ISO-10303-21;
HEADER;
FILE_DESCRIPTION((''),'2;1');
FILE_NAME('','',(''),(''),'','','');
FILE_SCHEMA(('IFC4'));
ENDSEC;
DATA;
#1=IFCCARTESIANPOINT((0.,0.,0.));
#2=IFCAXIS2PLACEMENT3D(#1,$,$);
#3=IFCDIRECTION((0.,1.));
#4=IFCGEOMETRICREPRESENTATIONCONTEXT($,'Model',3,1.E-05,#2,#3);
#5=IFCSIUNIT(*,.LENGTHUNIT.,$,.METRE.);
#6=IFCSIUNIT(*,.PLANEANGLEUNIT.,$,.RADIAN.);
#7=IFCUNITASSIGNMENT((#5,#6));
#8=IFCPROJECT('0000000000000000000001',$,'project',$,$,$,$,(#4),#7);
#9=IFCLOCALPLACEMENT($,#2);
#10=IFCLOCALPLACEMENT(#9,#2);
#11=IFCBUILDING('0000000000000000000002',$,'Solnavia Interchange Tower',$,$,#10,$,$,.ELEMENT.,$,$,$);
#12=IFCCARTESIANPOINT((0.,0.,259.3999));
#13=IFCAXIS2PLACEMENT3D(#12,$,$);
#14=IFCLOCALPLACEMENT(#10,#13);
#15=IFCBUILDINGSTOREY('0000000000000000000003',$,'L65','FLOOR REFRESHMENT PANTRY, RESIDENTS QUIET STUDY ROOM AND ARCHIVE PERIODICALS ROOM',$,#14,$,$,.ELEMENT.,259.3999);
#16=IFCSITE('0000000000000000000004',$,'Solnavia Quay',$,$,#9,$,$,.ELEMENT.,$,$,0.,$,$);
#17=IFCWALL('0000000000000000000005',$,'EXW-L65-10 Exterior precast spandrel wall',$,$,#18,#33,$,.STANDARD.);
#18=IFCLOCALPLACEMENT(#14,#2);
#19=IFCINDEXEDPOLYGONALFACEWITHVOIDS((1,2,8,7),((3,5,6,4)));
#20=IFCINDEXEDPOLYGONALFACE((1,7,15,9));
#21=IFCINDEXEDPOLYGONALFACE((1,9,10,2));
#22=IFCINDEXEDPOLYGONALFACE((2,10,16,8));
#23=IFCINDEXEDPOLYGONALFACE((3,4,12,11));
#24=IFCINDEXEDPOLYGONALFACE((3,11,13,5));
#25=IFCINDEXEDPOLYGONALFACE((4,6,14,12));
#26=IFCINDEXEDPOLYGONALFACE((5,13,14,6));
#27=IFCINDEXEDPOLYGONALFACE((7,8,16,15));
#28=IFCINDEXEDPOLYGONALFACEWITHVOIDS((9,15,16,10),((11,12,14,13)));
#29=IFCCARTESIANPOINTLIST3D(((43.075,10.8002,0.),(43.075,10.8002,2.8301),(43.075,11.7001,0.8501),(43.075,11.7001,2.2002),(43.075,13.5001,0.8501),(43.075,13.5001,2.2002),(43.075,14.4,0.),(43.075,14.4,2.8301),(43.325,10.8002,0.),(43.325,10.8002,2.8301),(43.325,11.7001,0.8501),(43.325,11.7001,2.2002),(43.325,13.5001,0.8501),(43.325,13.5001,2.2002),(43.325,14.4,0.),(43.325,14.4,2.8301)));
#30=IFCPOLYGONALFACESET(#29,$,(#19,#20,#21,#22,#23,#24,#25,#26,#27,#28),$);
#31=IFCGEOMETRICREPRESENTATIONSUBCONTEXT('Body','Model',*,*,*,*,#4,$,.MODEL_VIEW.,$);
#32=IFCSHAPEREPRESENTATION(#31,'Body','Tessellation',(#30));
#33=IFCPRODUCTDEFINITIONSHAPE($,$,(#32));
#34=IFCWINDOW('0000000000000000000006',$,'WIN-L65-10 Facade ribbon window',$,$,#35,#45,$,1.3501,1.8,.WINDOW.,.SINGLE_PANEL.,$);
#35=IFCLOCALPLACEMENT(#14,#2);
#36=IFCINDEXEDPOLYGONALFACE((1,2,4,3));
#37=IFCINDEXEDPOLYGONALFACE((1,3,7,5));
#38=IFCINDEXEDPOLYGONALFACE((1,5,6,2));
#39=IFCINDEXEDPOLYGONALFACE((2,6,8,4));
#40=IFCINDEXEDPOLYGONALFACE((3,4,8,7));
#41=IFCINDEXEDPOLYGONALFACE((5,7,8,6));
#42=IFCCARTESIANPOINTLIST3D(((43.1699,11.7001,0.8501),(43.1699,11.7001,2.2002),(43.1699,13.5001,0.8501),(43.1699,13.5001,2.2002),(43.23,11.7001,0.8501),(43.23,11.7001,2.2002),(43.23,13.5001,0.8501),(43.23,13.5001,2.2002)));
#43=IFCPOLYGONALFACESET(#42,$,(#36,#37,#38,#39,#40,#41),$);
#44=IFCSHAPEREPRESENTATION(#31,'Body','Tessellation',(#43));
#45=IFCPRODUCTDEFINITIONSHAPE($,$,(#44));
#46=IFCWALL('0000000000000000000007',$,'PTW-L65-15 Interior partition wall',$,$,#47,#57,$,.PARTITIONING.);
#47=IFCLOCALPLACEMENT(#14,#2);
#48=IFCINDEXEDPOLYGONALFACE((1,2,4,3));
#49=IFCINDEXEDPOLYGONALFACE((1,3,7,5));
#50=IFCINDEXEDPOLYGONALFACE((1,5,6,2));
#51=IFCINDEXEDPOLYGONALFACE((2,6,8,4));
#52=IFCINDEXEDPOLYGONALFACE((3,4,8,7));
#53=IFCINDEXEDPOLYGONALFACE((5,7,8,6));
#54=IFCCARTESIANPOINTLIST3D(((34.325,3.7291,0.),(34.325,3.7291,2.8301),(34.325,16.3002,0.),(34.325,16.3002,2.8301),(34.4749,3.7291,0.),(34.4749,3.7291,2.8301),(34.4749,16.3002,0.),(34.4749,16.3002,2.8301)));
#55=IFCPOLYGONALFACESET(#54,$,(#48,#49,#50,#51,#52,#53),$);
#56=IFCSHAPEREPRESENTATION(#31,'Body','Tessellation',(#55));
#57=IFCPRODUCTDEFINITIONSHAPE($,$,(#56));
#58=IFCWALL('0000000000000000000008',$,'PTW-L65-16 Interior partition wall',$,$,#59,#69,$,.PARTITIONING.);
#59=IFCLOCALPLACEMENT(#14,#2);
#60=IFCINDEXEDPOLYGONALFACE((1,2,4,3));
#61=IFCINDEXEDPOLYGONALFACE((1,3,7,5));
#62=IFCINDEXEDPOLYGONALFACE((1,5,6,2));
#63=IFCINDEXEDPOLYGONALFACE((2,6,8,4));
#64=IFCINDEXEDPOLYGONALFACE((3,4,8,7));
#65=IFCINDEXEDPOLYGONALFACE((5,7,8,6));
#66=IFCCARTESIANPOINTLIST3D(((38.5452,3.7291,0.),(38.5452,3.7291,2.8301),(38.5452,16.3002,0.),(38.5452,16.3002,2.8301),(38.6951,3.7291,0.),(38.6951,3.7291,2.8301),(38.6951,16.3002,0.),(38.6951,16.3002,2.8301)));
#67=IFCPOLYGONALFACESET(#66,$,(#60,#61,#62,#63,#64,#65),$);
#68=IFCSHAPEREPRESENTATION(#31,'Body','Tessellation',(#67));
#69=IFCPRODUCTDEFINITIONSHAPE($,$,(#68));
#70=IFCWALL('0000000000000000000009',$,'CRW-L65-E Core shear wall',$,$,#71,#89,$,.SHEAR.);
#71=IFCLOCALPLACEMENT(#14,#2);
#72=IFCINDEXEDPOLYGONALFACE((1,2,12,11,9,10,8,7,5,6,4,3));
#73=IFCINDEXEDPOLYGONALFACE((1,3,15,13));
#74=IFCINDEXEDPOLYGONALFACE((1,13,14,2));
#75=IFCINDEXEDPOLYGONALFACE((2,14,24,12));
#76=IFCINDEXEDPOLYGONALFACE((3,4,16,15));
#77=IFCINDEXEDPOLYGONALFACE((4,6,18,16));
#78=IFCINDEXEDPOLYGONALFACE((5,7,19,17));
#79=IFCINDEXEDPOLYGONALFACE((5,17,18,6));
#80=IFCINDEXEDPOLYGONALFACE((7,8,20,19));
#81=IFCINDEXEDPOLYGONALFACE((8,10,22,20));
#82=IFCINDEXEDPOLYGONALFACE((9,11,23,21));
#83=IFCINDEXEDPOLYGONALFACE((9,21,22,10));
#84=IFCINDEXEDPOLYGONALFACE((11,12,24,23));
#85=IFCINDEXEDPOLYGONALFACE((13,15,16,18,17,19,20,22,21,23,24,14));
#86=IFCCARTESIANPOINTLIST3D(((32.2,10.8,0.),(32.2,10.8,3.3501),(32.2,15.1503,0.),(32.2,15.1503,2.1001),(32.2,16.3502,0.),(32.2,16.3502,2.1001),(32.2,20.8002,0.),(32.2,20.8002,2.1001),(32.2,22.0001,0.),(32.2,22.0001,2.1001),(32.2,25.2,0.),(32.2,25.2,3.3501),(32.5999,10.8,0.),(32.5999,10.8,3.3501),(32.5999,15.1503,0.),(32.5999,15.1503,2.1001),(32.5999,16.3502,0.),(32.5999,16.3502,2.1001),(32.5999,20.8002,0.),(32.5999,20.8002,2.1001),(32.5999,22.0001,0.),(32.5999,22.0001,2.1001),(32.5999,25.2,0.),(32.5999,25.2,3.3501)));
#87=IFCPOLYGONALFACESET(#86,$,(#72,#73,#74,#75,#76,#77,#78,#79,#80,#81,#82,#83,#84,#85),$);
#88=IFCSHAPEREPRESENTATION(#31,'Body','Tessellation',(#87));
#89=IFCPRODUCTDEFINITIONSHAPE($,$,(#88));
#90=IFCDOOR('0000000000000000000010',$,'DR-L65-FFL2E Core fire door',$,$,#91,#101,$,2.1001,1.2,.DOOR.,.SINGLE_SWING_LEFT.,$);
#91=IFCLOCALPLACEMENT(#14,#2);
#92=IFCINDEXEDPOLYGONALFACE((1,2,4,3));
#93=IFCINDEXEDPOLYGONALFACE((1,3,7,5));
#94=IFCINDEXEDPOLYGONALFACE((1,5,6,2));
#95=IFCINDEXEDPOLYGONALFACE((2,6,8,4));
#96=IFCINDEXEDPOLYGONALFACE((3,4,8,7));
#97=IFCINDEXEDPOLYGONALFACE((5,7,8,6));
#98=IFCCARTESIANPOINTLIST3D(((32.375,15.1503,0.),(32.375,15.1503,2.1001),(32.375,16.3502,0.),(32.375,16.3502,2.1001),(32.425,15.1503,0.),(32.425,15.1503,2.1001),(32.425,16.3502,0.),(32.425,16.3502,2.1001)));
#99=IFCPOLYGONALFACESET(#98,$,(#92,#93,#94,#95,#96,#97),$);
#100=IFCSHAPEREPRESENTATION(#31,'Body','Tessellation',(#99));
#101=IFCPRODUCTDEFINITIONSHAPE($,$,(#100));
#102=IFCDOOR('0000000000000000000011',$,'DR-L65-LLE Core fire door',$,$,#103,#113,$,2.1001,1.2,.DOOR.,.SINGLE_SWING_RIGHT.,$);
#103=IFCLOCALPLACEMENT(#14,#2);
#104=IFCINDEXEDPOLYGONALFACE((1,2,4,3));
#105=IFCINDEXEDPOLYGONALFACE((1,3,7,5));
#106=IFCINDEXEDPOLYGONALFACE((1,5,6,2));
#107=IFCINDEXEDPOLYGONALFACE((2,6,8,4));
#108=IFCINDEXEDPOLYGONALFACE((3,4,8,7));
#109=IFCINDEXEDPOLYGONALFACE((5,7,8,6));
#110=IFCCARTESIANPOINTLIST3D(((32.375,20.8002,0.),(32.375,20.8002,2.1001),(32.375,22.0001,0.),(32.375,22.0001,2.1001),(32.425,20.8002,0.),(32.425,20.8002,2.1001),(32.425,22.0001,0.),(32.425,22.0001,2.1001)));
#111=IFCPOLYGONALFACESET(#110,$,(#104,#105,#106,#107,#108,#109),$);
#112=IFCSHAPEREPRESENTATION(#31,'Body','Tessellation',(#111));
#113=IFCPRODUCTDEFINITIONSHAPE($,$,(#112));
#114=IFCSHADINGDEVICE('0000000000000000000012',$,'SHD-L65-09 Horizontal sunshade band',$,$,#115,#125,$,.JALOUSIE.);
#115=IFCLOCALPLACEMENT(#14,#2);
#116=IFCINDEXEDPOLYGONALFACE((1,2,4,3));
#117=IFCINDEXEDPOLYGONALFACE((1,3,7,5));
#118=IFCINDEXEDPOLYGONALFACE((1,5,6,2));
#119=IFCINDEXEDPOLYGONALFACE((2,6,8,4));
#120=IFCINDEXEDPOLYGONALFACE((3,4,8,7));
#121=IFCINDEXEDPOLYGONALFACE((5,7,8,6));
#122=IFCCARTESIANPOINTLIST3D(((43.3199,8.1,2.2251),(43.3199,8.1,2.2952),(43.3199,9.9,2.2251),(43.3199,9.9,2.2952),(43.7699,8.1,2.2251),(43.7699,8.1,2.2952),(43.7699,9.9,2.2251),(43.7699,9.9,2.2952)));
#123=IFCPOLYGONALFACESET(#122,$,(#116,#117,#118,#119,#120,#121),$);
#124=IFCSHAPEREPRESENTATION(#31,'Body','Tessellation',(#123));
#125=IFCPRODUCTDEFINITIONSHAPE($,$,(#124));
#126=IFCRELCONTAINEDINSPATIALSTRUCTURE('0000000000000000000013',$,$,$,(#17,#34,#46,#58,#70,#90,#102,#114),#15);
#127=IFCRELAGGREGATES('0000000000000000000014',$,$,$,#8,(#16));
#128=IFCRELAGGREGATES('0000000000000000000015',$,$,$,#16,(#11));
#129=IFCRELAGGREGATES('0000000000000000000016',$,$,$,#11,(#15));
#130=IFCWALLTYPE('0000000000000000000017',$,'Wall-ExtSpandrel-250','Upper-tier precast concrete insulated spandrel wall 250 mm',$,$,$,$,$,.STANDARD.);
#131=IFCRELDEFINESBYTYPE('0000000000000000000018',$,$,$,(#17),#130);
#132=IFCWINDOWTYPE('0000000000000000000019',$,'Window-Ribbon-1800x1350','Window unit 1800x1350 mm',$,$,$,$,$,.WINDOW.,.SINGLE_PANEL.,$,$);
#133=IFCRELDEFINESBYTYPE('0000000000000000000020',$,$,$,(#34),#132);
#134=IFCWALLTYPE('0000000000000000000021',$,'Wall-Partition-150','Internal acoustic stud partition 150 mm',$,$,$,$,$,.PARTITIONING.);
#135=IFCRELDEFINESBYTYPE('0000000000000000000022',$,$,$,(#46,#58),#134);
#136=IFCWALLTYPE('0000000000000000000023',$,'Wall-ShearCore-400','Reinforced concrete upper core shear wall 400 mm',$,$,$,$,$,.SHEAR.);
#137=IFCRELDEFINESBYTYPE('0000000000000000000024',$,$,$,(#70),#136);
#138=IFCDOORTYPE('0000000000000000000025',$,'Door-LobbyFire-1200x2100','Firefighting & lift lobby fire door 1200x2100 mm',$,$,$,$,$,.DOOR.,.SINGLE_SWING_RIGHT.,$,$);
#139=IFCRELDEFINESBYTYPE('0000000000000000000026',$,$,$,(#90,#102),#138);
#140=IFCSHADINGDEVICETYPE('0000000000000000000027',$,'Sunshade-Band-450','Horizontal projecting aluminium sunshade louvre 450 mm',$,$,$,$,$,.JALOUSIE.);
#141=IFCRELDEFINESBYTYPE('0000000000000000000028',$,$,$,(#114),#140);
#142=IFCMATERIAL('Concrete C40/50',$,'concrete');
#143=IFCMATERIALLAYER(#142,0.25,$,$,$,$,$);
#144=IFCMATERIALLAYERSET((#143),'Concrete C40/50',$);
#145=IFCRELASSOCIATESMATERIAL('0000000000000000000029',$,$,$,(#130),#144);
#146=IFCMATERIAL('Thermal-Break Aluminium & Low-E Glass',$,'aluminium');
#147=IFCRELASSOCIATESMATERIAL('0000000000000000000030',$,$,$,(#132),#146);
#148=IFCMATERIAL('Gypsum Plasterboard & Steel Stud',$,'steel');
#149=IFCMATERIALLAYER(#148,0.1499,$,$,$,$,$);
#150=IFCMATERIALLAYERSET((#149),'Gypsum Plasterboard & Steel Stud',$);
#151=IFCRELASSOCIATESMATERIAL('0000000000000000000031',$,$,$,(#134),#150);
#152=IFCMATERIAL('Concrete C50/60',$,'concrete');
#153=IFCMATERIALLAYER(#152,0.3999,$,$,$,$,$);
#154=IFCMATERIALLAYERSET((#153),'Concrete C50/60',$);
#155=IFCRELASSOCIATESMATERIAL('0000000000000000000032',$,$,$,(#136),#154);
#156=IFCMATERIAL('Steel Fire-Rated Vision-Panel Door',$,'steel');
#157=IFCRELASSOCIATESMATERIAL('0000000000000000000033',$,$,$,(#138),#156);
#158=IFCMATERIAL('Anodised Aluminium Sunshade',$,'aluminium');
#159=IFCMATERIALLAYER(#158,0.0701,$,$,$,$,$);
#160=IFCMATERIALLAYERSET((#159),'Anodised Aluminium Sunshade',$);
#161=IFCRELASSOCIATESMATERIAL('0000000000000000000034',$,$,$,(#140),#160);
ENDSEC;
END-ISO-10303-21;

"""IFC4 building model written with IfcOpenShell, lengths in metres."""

from ifc_helpers import new_model, si_unit, direction, frame, frame_2d, origin, origin_2d, place, context, subcontext, project, spatial, rectangle, extrude, material, layer, layer_set, type_object, element, fill, save


model = new_model("IFC4")

# Units and contexts
model_context = context("Model", 3, precision=1e-05, world=origin(), true_north=direction((0.0, 1.0)))
body_context = subcontext(model_context, "Body", "Model", "MODEL_VIEW")
ifc_project = project(units=[si_unit("LENGTHUNIT", "METRE"), si_unit("PLANEANGLEUNIT", "RADIAN")], contexts=[model_context])

# Site, building, storey
site_placement = place(None, origin())
site = spatial("IfcSite", under=ifc_project, at=site_placement, Name="Solnavia Quay", CompositionType="ELEMENT", RefElevation=0.0)
building_placement = place(site_placement, origin())
building = spatial("IfcBuilding", under=site, at=building_placement, Name="Solnavia Interchange Tower", CompositionType="ELEMENT")
storey_placement = place(building_placement, frame((0.0, 0.0, 259.3999)))
storey = spatial("IfcBuildingStorey", under=building, at=storey_placement, Name="L65", Description="FLOOR REFRESHMENT PANTRY, RESIDENTS QUIET STUDY ROOM AND ARCHIVE PERIODICALS ROOM", CompositionType="ELEMENT", Elevation=259.3999)

# Shared definitions
ifc_material_1 = material(Name="Concrete C50/60", Category="concrete")

# Shared definitions
ifc_material_2 = material(Name="Concrete C40/50", Category="concrete")
ifc_layer_1 = layer(ifc_material_2, 0.25)
ifc_layer_set_1 = layer_set([ifc_layer_1], Name="Concrete C40/50")
wall_type_1 = type_object("IfcWallType", Name="Wall-ExtSpandrel-250", Description="Upper-tier precast concrete insulated spandrel wall 250 mm", PredefinedType="STANDARD", material=ifc_layer_set_1)

# Wall, opening, window
ifc_material_3 = material(Name="Thermal-Break Aluminium & Low-E Glass", Category="aluminium")
window_type = type_object("IfcWindowType", Name="Window-Ribbon-1800x1350", Description="Window unit 1800x1350 mm", PartitioningType="SINGLE_PANEL", PredefinedType="WINDOW", material=ifc_material_3)
wall_1_placement = place(storey_placement, frame((43.2, 14.3999, 0.0), z_axis=(0.0, 0.0, 1.0), x_axis=(0.0, -1.0, 0.0)))
wall_1 = element("IfcWall", 1, at=wall_1_placement, inside=storey, type_object=wall_type_1, Name="EXW-L65-10 Exterior precast spandrel wall", PredefinedType="STANDARD", context=body_context, shape_type="SweptSolid", body=[
    extrude(rectangle(XDim=3.5999, YDim=0.25, at=frame_2d((1.7998, 0.0))), origin(), (0.0, 0.0, 1.0), 2.8301),
])
opening_1_placement = place(wall_1_placement, frame((0.8999, 0.0, 0.8501)))
opening_1 = element("IfcOpeningElement", 2, at=opening_1_placement, cuts=wall_1, PredefinedType="OPENING", context=body_context, shape_type="SweptSolid", body=[
    extrude(rectangle(XDim=1.8, YDim=1.3501, at=frame_2d((0.8999, 0.675))), frame((0.0, 0.135, 0.0), z_axis=(0.0, -1.0, 0.0), x_axis=(1.0, 0.0, 0.0)), (0.0, 0.0, 1.0), 0.27),
])
window_1_placement = place(opening_1_placement, origin())
window_1 = element("IfcWindow", 3, at=window_1_placement, inside=storey, type_object=window_type, Name="WIN-L65-10 Facade ribbon window", OverallHeight=1.3501, OverallWidth=1.8, PartitioningType="SINGLE_PANEL", PredefinedType="WINDOW", context=body_context, shape_type="SweptSolid", body=[
    extrude(rectangle(XDim=1.8, YDim=1.3501, at=frame_2d((0.8999, 0.675))), frame((0.0, 0.03, 0.0), z_axis=(0.0, -1.0, 0.0), x_axis=(1.0, 0.0, 0.0)), (0.0, 0.0, 1.0), 0.0601),
])
fill(opening_1, window_1)

# Walls
ifc_material_4 = material(Name="Gypsum Plasterboard & Steel Stud", Category="steel")
ifc_layer_2 = layer(ifc_material_4, 0.1499)
ifc_layer_set_2 = layer_set([ifc_layer_2], Name="Gypsum Plasterboard & Steel Stud")
wall_type_2 = type_object("IfcWallType", Name="Wall-Partition-150", Description="Internal acoustic stud partition 150 mm", PredefinedType="PARTITIONING", material=ifc_layer_set_2)
for number, where, z_axis, x_axis, name in (
    (4, (34.3999, 3.729, 0.0), (0.0, 0.0, 1.0), (0.0, 1.0, 0.0), "PTW-L65-15 Interior partition wall"),
    (5, (38.6201, 3.729, 0.0), (0.0, 0.0, 1.0), (0.0, 1.0, 0.0), "PTW-L65-16 Interior partition wall"),
):
    element("IfcWall", number, at=place(storey_placement, frame(where, z_axis=z_axis, x_axis=x_axis)), inside=storey, type_object=wall_type_2, Name=name, PredefinedType="PARTITIONING", context=body_context, shape_type="SweptSolid", body=[
        extrude(rectangle(XDim=12.571, YDim=0.1499, at=frame_2d((6.2856, 0.0))), origin(), (0.0, 0.0, 1.0), 2.8301),
    ])

# Wall, openings, doors
ifc_layer_3 = layer(ifc_material_1, 0.3999)
ifc_layer_set_3 = layer_set([ifc_layer_3], Name="Concrete C50/60")
wall_type_3 = type_object("IfcWallType", Name="Wall-ShearCore-400", Description="Reinforced concrete upper core shear wall 400 mm", PredefinedType="SHEAR", material=ifc_layer_set_3)
wall_2_placement = place(storey_placement, frame((32.3999, 10.8, 0.0), z_axis=(0.0, 0.0, 1.0), x_axis=(0.0, 1.0, 0.0)))
wall_2 = element("IfcWall", 6, at=wall_2_placement, inside=storey, type_object=wall_type_3, Name="CRW-L65-E Core shear wall", PredefinedType="SHEAR", context=body_context, shape_type="SweptSolid", body=[
    extrude(rectangle(XDim=14.3999, YDim=0.3999, at=frame_2d((7.2, 0.0))), origin(), (0.0, 0.0, 1.0), 3.3501),
])
opening_2_placement = place(wall_2_placement, frame((4.3501, 0.0, 0.0)))
opening_2 = element("IfcOpeningElement", 7, at=opening_2_placement, cuts=wall_2, PredefinedType="OPENING", context=body_context, shape_type="SweptSolid", body=[
    extrude(rectangle(XDim=1.2, YDim=2.1001, at=frame_2d((0.6001, 1.05))), frame((0.0, 0.21, 0.0), z_axis=(0.0, -1.0, 0.0), x_axis=(1.0, 0.0, 0.0)), (0.0, 0.0, 1.0), 0.4199),
])
opening_3_placement = place(wall_2_placement, frame((10.0, 0.0, 0.0)))
opening_3 = element("IfcOpeningElement", 8, at=opening_3_placement, cuts=wall_2, PredefinedType="OPENING", context=body_context, shape_type="SweptSolid", body=[
    extrude(rectangle(XDim=1.2, YDim=2.1001, at=frame_2d((0.6001, 1.05))), frame((0.0, 0.21, 0.0), z_axis=(0.0, -1.0, 0.0), x_axis=(1.0, 0.0, 0.0)), (0.0, 0.0, 1.0), 0.4199),
])
ifc_material_5 = material(Name="Steel Fire-Rated Vision-Panel Door", Category="steel")
door_type = type_object("IfcDoorType", Name="Door-LobbyFire-1200x2100", Description="Firefighting & lift lobby fire door 1200x2100 mm", OperationType="SINGLE_SWING_RIGHT", PredefinedType="DOOR", material=ifc_material_5)
door_1_placement = place(opening_2_placement, origin())
door_1 = element("IfcDoor", 9, at=door_1_placement, inside=storey, type_object=door_type, Name="DR-L65-FFL2E Core fire door", OperationType="SINGLE_SWING_LEFT", OverallHeight=2.1001, OverallWidth=1.2, PredefinedType="DOOR", context=body_context, shape_type="SweptSolid", body=[
    extrude(rectangle(XDim=1.2, YDim=2.1001, at=frame_2d((0.6001, 1.05))), frame((0.0, 0.0249, 0.0), z_axis=(0.0, -1.0, 0.0), x_axis=(1.0, 0.0, 0.0)), (0.0, 0.0, 1.0), 0.05),
])
fill(opening_2, door_1)
door_2_placement = place(opening_3_placement, origin())
door_2 = element("IfcDoor", 10, at=door_2_placement, inside=storey, type_object=door_type, Name="DR-L65-LLE Core fire door", OperationType="SINGLE_SWING_RIGHT", OverallHeight=2.1001, OverallWidth=1.2, PredefinedType="DOOR", context=body_context, shape_type="SweptSolid", body=[
    extrude(rectangle(XDim=1.2, YDim=2.1001, at=frame_2d((0.6001, 1.05))), frame((0.0, 0.0249, 0.0), z_axis=(0.0, -1.0, 0.0), x_axis=(1.0, 0.0, 0.0)), (0.0, 0.0, 1.0), 0.05),
])
fill(opening_3, door_2)

# Shading device
ifc_material_6 = material(Name="Anodised Aluminium Sunshade", Category="aluminium")
ifc_layer_4 = layer(ifc_material_6, 0.0701)
ifc_layer_set_4 = layer_set([ifc_layer_4], Name="Anodised Aluminium Sunshade")
shading_device_type = type_object("IfcShadingDeviceType", Name="Sunshade-Band-450", Description="Horizontal projecting aluminium sunshade louvre 450 mm", PredefinedType="JALOUSIE", material=ifc_layer_set_4)
shading_device_placement = place(storey_placement, frame((43.5449, 9.0, 2.2251), z_axis=(0.0, 0.0, 1.0), x_axis=(0.0, -1.0, 0.0)))
element("IfcShadingDevice", 11, at=shading_device_placement, inside=storey, type_object=shading_device_type, Name="SHD-L65-09 Horizontal sunshade band", PredefinedType="JALOUSIE", context=body_context, shape_type="SweptSolid", body=[
    extrude(rectangle(XDim=1.8, YDim=0.45, at=origin_2d()), origin(), (0.0, 0.0, 1.0), 0.0701),
])

save(model, "model.ifc")
